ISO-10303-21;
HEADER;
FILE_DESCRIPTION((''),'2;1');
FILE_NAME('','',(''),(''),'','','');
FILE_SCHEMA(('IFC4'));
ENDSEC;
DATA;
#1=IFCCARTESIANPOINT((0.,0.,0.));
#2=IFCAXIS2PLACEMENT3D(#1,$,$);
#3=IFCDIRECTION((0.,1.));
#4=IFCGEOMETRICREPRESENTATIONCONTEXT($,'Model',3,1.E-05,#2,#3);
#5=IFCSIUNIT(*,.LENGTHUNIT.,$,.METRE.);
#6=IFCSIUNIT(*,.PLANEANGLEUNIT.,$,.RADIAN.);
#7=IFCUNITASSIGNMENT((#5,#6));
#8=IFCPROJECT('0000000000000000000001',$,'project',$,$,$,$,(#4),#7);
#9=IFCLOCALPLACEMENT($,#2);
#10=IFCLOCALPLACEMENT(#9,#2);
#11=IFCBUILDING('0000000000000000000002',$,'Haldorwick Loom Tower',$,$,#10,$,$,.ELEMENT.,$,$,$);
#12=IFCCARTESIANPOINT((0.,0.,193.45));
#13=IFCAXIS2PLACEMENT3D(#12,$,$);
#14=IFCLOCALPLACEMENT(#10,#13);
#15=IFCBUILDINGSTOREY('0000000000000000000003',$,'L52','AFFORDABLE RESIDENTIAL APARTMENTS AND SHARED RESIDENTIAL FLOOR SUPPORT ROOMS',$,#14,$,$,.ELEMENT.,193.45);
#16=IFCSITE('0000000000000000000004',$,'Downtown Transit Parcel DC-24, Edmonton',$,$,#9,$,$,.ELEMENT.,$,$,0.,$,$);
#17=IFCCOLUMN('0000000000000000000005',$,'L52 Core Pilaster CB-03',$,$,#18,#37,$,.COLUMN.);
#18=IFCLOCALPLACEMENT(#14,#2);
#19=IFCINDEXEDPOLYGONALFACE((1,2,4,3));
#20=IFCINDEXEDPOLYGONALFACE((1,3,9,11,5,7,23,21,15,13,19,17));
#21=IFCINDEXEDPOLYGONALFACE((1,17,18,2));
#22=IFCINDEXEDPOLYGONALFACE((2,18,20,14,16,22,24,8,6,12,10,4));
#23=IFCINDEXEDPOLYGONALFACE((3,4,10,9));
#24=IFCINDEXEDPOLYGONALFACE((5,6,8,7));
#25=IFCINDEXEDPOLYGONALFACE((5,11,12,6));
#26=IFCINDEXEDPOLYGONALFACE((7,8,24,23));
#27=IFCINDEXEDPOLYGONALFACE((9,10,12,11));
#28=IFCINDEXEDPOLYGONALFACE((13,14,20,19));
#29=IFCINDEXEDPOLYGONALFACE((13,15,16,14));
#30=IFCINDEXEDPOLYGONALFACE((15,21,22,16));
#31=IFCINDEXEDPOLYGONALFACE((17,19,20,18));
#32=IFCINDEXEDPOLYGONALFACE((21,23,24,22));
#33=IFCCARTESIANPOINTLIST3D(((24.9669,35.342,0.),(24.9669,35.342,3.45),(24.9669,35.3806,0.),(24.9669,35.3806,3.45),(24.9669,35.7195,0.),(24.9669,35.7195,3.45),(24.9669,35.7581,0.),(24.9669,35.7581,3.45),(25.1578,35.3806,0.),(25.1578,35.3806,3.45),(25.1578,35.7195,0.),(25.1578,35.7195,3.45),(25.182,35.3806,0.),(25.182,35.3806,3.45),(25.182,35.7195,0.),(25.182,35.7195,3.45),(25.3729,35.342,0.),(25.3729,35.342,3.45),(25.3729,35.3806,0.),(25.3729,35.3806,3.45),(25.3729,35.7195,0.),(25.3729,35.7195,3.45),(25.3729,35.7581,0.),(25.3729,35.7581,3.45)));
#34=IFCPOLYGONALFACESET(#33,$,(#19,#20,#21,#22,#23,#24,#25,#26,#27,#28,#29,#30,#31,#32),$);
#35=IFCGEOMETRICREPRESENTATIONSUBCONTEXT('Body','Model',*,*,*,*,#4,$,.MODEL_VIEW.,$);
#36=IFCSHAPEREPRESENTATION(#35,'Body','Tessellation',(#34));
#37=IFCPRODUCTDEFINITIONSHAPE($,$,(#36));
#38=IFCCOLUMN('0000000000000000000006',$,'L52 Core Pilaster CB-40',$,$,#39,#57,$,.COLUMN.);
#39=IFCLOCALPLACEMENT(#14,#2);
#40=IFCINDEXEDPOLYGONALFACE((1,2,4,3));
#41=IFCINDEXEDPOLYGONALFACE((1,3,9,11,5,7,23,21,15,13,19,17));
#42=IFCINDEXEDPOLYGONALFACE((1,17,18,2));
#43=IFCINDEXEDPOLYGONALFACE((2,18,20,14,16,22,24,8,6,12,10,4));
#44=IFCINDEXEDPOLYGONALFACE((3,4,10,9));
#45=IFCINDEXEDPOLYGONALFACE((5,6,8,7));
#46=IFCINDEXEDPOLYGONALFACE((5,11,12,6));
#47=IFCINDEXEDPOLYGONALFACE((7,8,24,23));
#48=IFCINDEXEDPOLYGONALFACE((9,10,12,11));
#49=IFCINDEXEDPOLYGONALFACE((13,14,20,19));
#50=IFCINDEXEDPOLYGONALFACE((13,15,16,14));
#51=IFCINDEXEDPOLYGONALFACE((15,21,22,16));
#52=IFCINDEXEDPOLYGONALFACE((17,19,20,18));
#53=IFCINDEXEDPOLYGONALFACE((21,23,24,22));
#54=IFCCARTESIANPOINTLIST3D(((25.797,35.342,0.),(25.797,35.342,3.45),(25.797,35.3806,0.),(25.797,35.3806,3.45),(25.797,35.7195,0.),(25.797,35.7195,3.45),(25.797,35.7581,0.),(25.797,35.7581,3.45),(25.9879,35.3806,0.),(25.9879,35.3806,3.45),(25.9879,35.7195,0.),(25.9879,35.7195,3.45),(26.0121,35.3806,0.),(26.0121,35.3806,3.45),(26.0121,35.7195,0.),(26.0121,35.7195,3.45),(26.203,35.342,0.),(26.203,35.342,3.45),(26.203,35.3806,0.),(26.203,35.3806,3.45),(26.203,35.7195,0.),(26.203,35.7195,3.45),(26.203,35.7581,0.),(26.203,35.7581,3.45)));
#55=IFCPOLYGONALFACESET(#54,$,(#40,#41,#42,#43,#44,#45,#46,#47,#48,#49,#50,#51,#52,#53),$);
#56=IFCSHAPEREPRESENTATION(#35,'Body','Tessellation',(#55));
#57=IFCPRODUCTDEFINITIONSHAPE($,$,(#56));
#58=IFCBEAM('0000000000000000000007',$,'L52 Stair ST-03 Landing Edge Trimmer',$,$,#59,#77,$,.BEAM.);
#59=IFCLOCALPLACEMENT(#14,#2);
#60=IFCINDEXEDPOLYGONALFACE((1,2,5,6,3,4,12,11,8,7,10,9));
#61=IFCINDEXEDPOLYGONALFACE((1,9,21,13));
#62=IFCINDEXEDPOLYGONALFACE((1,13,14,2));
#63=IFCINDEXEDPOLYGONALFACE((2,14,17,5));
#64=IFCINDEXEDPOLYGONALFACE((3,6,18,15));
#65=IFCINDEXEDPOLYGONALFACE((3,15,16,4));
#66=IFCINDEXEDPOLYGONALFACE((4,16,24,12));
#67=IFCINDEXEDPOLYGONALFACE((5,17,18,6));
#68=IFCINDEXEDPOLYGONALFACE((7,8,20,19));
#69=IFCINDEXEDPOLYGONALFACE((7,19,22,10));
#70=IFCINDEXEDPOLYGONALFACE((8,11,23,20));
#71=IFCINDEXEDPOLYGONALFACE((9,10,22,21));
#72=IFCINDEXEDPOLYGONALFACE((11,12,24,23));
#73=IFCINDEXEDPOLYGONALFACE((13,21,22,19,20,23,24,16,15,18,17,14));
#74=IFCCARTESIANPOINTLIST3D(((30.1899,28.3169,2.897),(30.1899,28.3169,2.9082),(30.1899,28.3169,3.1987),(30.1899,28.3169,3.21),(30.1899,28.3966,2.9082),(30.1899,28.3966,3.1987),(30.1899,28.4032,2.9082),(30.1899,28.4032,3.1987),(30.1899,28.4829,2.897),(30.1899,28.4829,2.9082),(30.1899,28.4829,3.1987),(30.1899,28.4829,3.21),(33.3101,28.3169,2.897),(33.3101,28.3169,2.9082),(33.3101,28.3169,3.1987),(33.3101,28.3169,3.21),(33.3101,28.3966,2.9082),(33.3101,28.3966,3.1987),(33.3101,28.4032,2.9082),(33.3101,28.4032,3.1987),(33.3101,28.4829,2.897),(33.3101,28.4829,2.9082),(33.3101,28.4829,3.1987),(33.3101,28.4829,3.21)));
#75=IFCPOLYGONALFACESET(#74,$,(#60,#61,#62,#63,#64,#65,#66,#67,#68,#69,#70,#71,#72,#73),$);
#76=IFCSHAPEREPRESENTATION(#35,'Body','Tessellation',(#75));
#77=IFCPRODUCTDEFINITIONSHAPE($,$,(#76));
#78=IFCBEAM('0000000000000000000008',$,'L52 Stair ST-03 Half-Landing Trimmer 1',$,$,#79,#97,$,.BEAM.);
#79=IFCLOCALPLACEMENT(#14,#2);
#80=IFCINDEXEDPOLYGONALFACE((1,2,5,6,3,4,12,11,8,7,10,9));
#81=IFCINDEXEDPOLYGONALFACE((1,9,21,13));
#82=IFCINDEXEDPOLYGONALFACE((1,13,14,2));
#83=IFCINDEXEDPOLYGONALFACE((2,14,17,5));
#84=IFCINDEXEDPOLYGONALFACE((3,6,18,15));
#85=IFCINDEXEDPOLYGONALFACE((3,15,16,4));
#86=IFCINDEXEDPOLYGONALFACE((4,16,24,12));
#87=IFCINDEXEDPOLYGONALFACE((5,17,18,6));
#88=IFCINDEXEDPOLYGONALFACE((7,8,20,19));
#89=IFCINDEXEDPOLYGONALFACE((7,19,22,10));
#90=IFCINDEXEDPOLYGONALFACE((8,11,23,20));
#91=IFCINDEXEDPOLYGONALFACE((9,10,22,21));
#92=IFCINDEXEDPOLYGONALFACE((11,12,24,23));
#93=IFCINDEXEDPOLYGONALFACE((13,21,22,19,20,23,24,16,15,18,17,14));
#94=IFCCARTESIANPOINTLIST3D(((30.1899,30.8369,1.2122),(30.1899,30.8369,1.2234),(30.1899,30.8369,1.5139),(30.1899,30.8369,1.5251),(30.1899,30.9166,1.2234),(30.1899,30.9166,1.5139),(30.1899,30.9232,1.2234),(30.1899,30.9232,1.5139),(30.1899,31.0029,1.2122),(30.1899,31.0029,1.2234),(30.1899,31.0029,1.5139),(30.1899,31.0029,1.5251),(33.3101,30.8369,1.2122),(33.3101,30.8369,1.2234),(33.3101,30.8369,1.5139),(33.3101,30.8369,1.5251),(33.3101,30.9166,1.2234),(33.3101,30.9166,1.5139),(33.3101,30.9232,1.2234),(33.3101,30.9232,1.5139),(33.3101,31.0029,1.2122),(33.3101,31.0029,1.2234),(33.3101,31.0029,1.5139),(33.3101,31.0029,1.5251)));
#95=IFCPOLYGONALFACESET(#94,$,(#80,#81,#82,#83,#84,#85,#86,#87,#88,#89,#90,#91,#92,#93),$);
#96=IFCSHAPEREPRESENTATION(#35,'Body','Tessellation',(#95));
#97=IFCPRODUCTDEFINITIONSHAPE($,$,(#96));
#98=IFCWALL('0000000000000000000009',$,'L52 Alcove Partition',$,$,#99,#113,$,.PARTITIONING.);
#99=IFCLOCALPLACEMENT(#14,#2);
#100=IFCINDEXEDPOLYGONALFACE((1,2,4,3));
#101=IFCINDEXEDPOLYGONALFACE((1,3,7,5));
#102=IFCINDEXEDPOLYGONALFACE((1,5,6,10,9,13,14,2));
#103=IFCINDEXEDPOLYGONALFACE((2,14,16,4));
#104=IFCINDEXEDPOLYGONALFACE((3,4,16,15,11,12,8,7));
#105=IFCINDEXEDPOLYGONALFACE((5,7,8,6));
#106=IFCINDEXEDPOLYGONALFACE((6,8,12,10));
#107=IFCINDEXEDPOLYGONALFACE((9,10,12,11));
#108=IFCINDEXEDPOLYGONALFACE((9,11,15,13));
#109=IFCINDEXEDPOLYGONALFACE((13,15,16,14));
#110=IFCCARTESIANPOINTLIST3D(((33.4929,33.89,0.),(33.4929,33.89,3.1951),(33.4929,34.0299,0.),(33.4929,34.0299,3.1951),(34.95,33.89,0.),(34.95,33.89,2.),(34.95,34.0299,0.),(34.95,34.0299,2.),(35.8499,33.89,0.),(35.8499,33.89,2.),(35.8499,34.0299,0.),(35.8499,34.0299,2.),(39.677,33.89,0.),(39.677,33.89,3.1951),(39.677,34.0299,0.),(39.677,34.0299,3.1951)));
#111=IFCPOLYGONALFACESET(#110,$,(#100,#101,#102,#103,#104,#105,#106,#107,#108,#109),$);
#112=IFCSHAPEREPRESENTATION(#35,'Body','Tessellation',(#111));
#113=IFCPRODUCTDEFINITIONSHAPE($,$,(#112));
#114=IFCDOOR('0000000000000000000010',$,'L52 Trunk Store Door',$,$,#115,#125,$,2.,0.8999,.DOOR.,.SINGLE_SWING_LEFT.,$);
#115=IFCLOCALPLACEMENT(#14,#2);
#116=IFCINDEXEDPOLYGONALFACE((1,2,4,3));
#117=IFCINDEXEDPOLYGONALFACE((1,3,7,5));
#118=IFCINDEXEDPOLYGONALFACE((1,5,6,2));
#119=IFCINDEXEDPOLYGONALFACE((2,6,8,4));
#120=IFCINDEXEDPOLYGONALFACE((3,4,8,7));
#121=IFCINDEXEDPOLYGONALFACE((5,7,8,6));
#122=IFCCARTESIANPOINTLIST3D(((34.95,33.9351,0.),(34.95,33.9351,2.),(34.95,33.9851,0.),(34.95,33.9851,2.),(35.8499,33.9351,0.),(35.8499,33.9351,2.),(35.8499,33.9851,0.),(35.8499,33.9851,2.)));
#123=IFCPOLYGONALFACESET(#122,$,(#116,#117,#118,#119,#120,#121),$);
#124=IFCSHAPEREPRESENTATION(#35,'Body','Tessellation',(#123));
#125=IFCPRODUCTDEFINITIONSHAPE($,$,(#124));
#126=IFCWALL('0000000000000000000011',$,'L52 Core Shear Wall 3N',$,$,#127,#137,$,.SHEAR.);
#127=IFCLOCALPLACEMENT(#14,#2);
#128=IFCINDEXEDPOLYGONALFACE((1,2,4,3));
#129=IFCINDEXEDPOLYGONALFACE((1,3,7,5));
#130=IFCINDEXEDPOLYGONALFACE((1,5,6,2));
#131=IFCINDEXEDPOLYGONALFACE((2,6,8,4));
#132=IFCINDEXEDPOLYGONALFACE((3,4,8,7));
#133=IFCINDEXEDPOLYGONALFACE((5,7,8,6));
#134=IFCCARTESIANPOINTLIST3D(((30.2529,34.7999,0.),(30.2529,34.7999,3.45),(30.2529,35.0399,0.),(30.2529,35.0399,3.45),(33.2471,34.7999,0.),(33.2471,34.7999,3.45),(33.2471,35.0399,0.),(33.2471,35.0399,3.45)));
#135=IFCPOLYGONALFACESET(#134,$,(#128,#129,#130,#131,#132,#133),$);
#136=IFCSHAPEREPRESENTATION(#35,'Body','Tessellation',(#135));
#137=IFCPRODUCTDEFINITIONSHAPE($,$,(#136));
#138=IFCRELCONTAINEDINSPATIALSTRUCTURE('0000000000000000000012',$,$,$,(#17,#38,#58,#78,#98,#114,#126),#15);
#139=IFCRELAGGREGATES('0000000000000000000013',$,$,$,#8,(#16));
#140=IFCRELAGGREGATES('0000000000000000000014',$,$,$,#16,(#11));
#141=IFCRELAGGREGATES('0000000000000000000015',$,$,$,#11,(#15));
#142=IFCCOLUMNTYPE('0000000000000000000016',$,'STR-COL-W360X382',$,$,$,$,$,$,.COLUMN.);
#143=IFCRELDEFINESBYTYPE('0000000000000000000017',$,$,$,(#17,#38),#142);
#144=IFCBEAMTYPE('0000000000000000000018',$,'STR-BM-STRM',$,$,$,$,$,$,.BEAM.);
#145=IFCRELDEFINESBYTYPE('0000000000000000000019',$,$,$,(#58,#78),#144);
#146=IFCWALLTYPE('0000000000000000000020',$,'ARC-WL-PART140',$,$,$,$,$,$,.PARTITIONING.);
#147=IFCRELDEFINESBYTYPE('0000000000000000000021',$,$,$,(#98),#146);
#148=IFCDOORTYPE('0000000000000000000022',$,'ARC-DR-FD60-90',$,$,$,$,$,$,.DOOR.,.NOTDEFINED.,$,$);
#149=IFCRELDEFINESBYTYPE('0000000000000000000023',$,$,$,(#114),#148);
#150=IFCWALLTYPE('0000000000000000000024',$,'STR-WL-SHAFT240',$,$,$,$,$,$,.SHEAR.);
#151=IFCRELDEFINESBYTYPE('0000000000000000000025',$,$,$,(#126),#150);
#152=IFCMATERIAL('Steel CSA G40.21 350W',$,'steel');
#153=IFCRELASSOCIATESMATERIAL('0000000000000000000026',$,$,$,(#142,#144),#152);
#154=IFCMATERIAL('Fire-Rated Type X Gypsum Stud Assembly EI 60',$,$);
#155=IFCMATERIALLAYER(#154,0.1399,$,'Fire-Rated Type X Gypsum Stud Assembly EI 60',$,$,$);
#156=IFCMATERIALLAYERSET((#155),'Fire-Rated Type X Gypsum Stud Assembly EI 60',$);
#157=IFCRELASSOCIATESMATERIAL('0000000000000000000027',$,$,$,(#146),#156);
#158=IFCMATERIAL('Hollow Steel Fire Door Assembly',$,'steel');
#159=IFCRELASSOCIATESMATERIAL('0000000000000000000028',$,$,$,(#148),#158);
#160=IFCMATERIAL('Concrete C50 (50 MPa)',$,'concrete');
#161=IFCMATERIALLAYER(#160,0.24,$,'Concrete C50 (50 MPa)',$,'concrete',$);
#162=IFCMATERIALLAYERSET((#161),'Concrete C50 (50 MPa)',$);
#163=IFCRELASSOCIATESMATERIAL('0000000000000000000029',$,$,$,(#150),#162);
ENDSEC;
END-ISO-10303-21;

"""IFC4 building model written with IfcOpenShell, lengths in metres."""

from ifc_helpers import new_model, si_unit, direction, frame, frame_2d, origin, origin_2d, place, context, subcontext, project, spatial, rectangle, i_section, extrude, material, layer, layer_set, material_profile, profile_set, type_object, element, fill, save


model = new_model("IFC4")

# Units and contexts
model_context = context("Model", 3, precision=1e-05, world=origin(), true_north=direction((0.0, 1.0)))
body_context = subcontext(model_context, "Body", "Model", "MODEL_VIEW")
ifc_project = project(units=[si_unit("LENGTHUNIT", "METRE"), si_unit("PLANEANGLEUNIT", "RADIAN")], contexts=[model_context])

# Site, building, storey
site_placement = place(None, origin())
site = spatial("IfcSite", under=ifc_project, at=site_placement, Name="Downtown Transit Parcel DC-24, Edmonton", CompositionType="ELEMENT", RefElevation=0.0)
building_placement = place(site_placement, origin())
building = spatial("IfcBuilding", under=site, at=building_placement, Name="Haldorwick Loom Tower", CompositionType="ELEMENT")
storey_placement = place(building_placement, frame((0.0, 0.0, 193.45)))
storey = spatial("IfcBuildingStorey", under=building, at=storey_placement, Name="L52", Description="AFFORDABLE RESIDENTIAL APARTMENTS AND SHARED RESIDENTIAL FLOOR SUPPORT ROOMS", CompositionType="ELEMENT", Elevation=193.45)

# Columns
ifc_material_1 = material(Name="Steel CSA G40.21 350W", Category="steel")
ifc_material_profile_1 = material_profile(ifc_material_1, i_section(OverallWidth=0.406, OverallDepth=0.416, WebThickness=0.0242, FlangeThickness=0.0386, at=origin_2d()), Name="W360X382", Category="steel")
ifc_profile_set_1 = profile_set([ifc_material_profile_1], Name="Steel CSA G40.21 350W")
column_type = type_object("IfcColumnType", Name="STR-COL-W360X382", PredefinedType="COLUMN", material=ifc_profile_set_1)
for number, where, z_axis, x_axis, name in (
    (1, (25.1699, 35.55, 0.0), (0.0, 0.0, 1.0), (1.0, 0.0, 0.0), "L52 Core Pilaster CB-03"),
    (2, (26.0, 35.55, 0.0), (0.0, 0.0, 1.0), (1.0, 0.0, 0.0), "L52 Core Pilaster CB-40"),
):
    element("IfcColumn", number, at=place(storey_placement, frame(where, z_axis=z_axis, x_axis=x_axis)), inside=storey, type_object=column_type, Name=name, PredefinedType="COLUMN", context=body_context, shape_type="SweptSolid", body=[
        extrude(i_section(OverallWidth=0.406, OverallDepth=0.416, WebThickness=0.0242, FlangeThickness=0.0386, at=origin_2d()), origin(), (0.0, 0.0, 1.0), 3.45),
    ])

# Beams
ifc_material_profile_2 = material_profile(ifc_material_1, i_section(OverallWidth=0.166, OverallDepth=0.313, WebThickness=0.0066, FlangeThickness=0.0112, at=origin_2d()), Name="W310X45", Category="steel")
ifc_profile_set_2 = profile_set([ifc_material_profile_2], Name="Steel CSA G40.21 350W")
beam_type = type_object("IfcBeamType", Name="STR-BM-STRM", PredefinedType="BEAM", material=ifc_profile_set_2)
for number, where, z_axis, x_axis, name in (
    (3, (30.1899, 28.3999, 3.0535), (1.0, 0.0, 0.0), (0.0, 1.0, 0.0), "L52 Stair ST-03 Landing Edge Trimmer"),
    (4, (30.1899, 30.9199, 1.3687), (1.0, 0.0, 0.0), (0.0, 1.0, 0.0), "L52 Stair ST-03 Half-Landing Trimmer 1"),
):
    element("IfcBeam", number, at=place(storey_placement, frame(where, z_axis=z_axis, x_axis=x_axis)), inside=storey, type_object=beam_type, Name=name, PredefinedType="BEAM", context=body_context, shape_type="SweptSolid", body=[
        extrude(i_section(OverallWidth=0.166, OverallDepth=0.313, WebThickness=0.0066, FlangeThickness=0.0112, at=origin_2d()), origin(), (0.0, 0.0, 1.0), 3.1201),
    ])

# Wall, opening, door
ifc_material_2 = material(Name="Fire-Rated Type X Gypsum Stud Assembly EI 60")
ifc_layer_1 = layer(ifc_material_2, 0.1399, Name="Fire-Rated Type X Gypsum Stud Assembly EI 60")
ifc_layer_set_1 = layer_set([ifc_layer_1], Name="Fire-Rated Type X Gypsum Stud Assembly EI 60")
wall_type_1 = type_object("IfcWallType", Name="ARC-WL-PART140", PredefinedType="PARTITIONING", material=ifc_layer_set_1)
wall_1_placement = place(storey_placement, frame((33.4929, 33.96, 0.0), z_axis=(0.0, 0.0, 1.0), x_axis=(1.0, 0.0, 0.0)))
wall_1 = element("IfcWall", 5, at=wall_1_placement, inside=storey, type_object=wall_type_1, Name="L52 Alcove Partition", PredefinedType="PARTITIONING", context=body_context, shape_type="SweptSolid", body=[
    extrude(rectangle(XDim=6.1841, YDim=0.1399, at=frame_2d((3.092, 0.0))), origin(), (0.0, 0.0, 1.0), 3.1951),
])
opening_1_placement = place(wall_1_placement, frame((1.457, 0.0, 0.0)))
opening_1 = element("IfcOpeningElement", 6, at=opening_1_placement, cuts=wall_1, PredefinedType="OPENING", context=body_context, shape_type="SweptSolid", body=[
    extrude(rectangle(XDim=0.8999, YDim=2.0, at=frame_2d((0.45, 1.0))), frame((0.0, 0.0798, 0.0), z_axis=(0.0, -1.0, 0.0), x_axis=(1.0, 0.0, 0.0)), (0.0, 0.0, 1.0), 0.1599),
])
ifc_material_3 = material(Name="Hollow Steel Fire Door Assembly", Category="steel")
door_type_1 = type_object("IfcDoorType", Name="ARC-DR-FD60-90", OperationType="NOTDEFINED", PredefinedType="DOOR", material=ifc_material_3)
door_1_placement = place(opening_1_placement, frame((0.8999, 0.0, 0.0), z_axis=(0.0, 0.0, 1.0), x_axis=(-1.0, 0.0, 0.0)))
door_1 = element("IfcDoor", 7, at=door_1_placement, inside=storey, type_object=door_type_1, Name="L52 Trunk Store Door", OperationType="SINGLE_SWING_LEFT", OverallHeight=2.0, OverallWidth=0.8999, PredefinedType="DOOR", context=body_context, shape_type="SweptSolid", body=[
    extrude(rectangle(XDim=0.8999, YDim=2.0, at=frame_2d((0.45, 1.0))), frame((0.0, 0.0249, 0.0), z_axis=(0.0, -1.0, 0.0), x_axis=(1.0, 0.0, 0.0)), (0.0, 0.0, 1.0), 0.05),
])
fill(opening_1, door_1)

# Wall
ifc_material_4 = material(Name="Concrete C50 (50 MPa)", Category="concrete")
ifc_layer_2 = layer(ifc_material_4, 0.24, Name="Concrete C50 (50 MPa)", Category="concrete")
ifc_layer_set_2 = layer_set([ifc_layer_2], Name="Concrete C50 (50 MPa)")
wall_type_2 = type_object("IfcWallType", Name="STR-WL-SHAFT240", PredefinedType="SHEAR", material=ifc_layer_set_2)
wall_2_placement = place(storey_placement, frame((30.2529, 34.9199, 0.0), z_axis=(0.0, 0.0, 1.0), x_axis=(1.0, 0.0, 0.0)))
element("IfcWall", 8, at=wall_2_placement, inside=storey, type_object=wall_type_2, Name="L52 Core Shear Wall 3N", PredefinedType="SHEAR", context=body_context, shape_type="SweptSolid", body=[
    extrude(rectangle(XDim=2.9941, YDim=0.24, at=frame_2d((1.4971, 0.0))), origin(), (0.0, 0.0, 1.0), 3.45),
])

save(model, "model.ifc")
